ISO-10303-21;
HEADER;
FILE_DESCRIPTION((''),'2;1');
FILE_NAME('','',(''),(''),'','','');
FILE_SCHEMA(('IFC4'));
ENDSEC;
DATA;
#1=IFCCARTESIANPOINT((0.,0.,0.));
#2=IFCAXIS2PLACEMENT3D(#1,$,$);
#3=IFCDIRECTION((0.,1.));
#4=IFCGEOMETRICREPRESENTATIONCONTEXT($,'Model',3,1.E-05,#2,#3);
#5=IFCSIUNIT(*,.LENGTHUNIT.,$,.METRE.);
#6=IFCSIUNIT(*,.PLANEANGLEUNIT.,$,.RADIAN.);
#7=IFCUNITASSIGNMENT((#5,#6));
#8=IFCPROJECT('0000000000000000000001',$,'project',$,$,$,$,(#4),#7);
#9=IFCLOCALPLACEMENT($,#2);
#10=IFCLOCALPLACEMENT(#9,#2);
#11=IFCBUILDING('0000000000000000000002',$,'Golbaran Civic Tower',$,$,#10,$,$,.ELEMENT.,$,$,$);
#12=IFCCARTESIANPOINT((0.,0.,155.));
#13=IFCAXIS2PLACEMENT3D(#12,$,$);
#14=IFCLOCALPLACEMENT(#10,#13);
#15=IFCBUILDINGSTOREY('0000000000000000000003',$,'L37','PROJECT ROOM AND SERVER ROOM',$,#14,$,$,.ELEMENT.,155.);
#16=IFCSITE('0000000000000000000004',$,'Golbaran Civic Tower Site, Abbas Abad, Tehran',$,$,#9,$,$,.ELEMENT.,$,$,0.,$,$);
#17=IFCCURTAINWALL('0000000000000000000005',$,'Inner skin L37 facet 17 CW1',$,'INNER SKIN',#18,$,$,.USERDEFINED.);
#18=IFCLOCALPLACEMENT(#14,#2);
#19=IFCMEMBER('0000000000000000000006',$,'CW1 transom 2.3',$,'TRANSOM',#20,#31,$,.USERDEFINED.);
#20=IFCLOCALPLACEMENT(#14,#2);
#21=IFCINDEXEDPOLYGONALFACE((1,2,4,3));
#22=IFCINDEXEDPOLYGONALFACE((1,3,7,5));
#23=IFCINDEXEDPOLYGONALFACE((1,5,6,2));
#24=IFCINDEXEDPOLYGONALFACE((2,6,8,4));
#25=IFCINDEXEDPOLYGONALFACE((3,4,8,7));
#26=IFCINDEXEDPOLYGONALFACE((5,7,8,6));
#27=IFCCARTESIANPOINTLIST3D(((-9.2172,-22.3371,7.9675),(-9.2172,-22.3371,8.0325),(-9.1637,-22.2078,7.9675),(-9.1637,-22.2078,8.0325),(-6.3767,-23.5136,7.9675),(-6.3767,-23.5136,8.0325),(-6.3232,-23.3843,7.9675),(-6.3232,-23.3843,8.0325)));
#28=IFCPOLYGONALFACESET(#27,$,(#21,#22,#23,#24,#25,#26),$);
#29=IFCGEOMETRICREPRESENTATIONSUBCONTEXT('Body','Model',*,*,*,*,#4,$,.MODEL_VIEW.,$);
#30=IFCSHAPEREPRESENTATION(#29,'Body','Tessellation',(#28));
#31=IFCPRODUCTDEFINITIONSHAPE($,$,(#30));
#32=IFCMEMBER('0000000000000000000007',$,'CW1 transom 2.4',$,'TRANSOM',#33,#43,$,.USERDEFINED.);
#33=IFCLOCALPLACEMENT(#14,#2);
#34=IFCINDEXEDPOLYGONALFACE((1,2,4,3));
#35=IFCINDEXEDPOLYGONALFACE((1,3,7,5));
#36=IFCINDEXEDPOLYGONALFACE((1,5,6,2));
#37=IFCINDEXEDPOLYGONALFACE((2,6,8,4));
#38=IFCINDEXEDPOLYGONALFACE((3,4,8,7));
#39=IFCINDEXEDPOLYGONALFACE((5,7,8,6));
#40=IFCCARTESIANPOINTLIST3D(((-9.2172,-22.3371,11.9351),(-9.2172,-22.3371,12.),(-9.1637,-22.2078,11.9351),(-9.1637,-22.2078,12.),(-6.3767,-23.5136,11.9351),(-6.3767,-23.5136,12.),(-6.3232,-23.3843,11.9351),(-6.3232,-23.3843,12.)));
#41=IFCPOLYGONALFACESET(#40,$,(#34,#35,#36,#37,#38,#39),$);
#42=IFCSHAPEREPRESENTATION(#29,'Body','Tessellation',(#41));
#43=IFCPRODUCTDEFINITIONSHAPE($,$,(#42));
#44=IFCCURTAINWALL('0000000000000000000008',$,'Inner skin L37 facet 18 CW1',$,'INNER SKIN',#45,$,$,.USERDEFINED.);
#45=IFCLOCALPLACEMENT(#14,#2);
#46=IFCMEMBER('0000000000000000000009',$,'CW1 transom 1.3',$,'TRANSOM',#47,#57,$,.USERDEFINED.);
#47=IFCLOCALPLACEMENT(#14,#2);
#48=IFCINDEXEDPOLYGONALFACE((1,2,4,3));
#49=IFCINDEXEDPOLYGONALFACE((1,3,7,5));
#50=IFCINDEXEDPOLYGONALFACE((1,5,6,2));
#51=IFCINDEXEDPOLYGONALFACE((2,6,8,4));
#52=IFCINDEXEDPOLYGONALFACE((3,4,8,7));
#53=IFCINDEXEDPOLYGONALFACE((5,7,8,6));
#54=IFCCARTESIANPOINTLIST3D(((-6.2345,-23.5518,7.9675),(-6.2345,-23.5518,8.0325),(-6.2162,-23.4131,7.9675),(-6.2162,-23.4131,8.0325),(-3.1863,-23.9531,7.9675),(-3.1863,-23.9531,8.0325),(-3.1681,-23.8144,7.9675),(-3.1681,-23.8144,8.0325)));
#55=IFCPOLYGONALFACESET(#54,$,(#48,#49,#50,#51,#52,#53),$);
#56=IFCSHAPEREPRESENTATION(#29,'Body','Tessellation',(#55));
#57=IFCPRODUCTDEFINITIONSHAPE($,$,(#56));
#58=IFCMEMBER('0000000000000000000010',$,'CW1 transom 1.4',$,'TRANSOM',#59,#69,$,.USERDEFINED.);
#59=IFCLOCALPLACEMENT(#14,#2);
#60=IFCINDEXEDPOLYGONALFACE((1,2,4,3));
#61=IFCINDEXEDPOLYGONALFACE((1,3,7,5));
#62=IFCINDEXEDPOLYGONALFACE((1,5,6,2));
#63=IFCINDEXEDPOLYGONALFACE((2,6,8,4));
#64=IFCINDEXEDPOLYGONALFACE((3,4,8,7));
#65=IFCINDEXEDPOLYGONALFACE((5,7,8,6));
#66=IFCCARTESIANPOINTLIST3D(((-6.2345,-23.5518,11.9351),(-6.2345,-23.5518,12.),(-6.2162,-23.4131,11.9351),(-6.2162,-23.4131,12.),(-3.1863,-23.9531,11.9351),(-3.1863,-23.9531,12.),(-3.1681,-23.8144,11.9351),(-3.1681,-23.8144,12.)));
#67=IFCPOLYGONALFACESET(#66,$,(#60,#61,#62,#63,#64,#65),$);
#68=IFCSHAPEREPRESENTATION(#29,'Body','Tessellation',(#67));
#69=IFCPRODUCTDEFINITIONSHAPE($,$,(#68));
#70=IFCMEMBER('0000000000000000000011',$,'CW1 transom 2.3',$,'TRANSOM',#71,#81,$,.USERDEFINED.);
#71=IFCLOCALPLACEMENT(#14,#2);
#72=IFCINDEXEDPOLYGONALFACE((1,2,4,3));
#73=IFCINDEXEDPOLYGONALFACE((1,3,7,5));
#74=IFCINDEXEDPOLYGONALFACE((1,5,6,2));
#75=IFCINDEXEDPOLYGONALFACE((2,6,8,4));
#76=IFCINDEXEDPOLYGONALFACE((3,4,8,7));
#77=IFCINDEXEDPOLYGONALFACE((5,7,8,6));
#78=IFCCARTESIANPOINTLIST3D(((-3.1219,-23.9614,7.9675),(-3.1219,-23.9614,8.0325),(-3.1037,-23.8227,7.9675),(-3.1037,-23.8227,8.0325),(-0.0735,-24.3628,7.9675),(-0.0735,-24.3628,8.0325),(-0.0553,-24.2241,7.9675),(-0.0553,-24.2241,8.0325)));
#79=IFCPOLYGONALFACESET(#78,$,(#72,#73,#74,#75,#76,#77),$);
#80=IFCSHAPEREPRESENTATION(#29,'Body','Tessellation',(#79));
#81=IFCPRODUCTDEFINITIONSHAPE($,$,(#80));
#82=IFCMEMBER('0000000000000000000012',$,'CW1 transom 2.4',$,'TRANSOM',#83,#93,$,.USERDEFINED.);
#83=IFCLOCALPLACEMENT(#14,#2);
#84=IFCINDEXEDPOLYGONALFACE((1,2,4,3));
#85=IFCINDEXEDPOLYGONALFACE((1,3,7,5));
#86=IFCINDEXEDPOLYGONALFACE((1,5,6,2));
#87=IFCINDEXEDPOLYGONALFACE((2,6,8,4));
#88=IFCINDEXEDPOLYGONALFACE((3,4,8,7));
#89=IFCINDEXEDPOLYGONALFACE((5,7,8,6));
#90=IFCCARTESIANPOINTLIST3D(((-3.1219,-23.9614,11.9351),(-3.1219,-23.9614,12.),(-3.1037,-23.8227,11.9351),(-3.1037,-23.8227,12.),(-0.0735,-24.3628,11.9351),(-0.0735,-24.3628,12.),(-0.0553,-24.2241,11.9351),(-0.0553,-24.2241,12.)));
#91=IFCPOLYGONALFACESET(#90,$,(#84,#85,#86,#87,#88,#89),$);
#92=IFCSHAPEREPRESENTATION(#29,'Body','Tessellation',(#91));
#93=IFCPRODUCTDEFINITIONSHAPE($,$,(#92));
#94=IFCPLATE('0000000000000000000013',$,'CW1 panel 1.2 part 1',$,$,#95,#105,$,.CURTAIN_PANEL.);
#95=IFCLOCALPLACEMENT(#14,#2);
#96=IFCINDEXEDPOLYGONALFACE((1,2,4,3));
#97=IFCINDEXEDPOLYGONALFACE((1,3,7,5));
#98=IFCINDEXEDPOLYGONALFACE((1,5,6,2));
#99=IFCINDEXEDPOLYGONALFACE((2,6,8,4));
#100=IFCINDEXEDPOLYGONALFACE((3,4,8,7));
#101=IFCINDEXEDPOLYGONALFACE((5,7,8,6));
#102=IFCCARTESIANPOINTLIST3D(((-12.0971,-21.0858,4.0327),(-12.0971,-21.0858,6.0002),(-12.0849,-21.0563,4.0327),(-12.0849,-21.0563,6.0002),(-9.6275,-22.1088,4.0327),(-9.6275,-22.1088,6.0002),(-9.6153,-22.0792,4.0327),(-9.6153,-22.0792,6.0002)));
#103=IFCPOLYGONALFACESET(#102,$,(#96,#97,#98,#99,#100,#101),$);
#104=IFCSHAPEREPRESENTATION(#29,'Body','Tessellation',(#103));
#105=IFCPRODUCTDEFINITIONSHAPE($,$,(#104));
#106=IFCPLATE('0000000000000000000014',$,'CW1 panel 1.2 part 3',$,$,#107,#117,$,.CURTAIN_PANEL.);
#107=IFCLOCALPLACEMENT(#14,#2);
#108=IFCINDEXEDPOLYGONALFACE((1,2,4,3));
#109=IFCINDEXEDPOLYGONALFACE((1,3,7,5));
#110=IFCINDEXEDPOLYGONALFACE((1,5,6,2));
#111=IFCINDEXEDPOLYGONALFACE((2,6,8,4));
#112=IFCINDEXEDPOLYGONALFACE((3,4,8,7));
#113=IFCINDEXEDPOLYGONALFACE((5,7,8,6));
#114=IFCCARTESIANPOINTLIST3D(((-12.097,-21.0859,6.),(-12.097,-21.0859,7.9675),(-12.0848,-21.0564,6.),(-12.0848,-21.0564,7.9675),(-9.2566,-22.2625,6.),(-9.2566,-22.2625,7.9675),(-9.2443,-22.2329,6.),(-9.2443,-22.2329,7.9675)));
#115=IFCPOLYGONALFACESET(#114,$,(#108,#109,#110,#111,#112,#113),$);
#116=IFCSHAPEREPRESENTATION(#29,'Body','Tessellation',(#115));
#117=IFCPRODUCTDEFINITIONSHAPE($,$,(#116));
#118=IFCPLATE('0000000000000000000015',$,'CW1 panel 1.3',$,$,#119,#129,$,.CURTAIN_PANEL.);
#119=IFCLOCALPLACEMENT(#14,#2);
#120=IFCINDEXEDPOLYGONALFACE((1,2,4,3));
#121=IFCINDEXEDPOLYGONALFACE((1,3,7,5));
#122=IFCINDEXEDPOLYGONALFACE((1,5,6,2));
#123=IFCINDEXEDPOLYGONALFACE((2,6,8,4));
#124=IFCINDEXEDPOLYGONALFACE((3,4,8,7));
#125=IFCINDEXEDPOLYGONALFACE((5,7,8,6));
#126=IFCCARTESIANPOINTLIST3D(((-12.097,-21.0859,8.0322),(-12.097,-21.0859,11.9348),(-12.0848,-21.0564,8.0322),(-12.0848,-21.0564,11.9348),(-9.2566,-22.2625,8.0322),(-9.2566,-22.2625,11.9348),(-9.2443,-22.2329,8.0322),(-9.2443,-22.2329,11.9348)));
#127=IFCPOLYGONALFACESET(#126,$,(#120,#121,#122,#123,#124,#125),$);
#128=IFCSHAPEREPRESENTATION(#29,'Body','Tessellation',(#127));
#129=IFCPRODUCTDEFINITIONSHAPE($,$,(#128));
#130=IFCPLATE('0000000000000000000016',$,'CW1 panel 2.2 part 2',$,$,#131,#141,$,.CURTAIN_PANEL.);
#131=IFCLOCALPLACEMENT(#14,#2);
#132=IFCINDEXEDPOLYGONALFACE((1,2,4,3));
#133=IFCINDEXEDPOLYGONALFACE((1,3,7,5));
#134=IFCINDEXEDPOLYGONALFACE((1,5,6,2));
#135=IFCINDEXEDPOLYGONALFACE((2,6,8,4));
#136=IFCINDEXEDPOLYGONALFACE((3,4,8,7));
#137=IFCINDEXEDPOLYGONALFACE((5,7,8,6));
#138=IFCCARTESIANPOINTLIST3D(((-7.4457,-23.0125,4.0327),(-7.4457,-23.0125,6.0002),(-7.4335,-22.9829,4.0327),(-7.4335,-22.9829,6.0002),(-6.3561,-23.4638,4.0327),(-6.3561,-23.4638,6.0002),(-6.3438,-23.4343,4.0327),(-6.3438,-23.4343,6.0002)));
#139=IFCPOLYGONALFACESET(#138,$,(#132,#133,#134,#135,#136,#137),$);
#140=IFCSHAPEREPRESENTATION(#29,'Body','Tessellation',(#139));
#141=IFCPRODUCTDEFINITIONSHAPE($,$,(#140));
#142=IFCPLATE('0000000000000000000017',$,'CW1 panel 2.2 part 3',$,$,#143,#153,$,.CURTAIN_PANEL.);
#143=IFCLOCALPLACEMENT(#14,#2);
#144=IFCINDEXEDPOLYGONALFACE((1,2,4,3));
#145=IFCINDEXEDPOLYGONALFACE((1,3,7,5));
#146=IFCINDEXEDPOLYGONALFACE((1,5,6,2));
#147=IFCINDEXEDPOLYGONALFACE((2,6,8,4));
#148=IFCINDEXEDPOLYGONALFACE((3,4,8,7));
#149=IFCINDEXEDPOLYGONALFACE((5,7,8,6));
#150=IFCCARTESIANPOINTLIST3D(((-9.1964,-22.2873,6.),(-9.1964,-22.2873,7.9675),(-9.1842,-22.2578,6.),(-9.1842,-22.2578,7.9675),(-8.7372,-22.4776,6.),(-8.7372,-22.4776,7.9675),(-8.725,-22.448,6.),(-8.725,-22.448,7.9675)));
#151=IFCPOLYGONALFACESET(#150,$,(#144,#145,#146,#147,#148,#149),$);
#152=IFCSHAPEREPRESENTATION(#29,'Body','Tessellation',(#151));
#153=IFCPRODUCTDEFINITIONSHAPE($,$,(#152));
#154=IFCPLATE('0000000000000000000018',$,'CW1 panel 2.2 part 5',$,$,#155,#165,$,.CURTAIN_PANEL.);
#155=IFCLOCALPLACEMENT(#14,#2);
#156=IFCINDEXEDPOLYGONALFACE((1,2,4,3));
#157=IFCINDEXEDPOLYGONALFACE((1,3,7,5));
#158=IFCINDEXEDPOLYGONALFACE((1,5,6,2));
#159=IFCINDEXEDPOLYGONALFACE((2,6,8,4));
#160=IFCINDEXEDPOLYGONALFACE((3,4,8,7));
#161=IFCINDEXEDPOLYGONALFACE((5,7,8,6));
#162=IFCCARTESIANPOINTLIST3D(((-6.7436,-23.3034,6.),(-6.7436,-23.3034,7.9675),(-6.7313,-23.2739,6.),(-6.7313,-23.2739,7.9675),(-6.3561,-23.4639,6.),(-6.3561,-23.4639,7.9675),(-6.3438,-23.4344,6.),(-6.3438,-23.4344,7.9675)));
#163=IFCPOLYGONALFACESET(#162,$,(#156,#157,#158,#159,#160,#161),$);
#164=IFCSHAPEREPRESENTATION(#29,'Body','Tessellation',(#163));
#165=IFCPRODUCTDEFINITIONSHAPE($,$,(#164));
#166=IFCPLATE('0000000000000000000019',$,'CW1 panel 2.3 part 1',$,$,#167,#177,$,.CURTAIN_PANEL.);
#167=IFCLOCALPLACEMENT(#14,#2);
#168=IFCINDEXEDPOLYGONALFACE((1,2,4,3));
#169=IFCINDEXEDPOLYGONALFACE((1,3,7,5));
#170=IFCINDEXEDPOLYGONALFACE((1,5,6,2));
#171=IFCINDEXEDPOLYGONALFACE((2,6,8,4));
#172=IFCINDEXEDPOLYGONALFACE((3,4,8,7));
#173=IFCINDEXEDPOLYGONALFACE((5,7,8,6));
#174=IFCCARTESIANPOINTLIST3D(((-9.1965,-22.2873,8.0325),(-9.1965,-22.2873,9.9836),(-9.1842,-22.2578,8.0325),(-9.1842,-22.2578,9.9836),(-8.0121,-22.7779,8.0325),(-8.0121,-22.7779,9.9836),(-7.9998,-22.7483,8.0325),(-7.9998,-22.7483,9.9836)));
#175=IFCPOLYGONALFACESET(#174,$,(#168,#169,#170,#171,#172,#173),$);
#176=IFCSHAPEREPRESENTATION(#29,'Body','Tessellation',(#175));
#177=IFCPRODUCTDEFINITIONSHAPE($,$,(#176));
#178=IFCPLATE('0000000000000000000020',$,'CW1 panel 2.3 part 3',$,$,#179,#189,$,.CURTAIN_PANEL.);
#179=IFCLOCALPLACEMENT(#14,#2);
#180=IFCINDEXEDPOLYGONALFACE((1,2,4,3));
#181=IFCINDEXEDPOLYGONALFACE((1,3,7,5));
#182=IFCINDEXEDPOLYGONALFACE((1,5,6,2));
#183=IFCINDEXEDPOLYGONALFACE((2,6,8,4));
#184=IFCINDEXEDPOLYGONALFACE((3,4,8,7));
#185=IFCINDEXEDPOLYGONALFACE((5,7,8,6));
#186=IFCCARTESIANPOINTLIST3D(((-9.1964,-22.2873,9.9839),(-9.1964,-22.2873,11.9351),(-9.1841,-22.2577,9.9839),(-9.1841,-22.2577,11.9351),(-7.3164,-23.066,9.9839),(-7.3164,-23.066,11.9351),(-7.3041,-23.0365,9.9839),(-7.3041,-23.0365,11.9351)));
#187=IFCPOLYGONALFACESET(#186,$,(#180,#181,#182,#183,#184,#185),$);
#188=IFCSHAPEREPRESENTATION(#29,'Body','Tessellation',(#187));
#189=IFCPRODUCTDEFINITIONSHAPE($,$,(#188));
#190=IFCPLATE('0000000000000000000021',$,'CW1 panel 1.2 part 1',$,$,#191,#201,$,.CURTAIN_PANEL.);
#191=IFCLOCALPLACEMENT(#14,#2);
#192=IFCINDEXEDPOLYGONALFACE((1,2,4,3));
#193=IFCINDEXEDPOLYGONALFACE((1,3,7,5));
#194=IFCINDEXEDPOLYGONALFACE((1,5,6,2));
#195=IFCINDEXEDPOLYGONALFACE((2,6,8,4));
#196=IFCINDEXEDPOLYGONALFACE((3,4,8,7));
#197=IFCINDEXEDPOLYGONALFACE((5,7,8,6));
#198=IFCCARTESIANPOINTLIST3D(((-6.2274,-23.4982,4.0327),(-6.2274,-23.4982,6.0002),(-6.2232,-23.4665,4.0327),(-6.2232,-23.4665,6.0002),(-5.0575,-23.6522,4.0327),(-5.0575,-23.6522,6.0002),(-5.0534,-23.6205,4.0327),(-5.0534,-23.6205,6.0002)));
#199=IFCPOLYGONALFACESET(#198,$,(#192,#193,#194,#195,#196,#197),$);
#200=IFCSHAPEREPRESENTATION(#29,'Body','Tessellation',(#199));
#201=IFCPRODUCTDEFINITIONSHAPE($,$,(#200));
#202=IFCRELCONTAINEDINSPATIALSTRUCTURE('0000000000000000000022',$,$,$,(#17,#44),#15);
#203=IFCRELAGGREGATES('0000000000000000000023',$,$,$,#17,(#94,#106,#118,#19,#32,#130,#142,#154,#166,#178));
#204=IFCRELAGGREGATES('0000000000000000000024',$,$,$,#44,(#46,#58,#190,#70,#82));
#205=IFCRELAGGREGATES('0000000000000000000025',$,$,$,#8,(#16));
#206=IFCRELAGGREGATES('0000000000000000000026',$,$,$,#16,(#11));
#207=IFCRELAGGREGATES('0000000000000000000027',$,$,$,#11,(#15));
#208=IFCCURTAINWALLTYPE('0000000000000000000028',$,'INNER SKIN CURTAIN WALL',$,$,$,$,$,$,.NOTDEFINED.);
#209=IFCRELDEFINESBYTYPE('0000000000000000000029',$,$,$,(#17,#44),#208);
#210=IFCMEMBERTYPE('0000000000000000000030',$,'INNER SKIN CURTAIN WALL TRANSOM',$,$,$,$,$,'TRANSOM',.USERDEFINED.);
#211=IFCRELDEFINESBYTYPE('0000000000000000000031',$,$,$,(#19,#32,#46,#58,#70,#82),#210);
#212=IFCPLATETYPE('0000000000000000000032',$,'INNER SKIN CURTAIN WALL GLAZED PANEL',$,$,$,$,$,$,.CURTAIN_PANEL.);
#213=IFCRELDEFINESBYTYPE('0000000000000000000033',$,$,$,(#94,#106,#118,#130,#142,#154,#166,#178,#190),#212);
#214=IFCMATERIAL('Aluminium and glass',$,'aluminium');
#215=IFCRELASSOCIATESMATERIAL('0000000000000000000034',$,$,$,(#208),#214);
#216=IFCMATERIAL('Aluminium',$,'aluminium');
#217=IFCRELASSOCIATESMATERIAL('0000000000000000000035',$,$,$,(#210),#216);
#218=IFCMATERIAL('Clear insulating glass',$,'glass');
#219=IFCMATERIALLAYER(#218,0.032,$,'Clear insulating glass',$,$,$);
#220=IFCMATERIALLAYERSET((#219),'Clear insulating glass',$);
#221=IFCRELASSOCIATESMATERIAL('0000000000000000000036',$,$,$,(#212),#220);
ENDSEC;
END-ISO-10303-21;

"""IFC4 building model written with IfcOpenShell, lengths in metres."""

from ifc_helpers import new_model, si_unit, direction, frame, origin, origin_2d, place, context, subcontext, project, spatial, rectangle, extrude, material, layer, layer_set, material_profile, profile_set, type_object, element, aggregate, save


model = new_model("IFC4")

# Units and contexts
model_context = context("Model", 3, precision=1e-05, world=origin(), true_north=direction((0.0, 1.0)))
body_context = subcontext(model_context, "Body", "Model", "MODEL_VIEW")
ifc_project = project(units=[si_unit("LENGTHUNIT", "METRE"), si_unit("PLANEANGLEUNIT", "RADIAN")], contexts=[model_context])

# Site, building, storey
site_placement = place(None, origin())
site = spatial("IfcSite", under=ifc_project, at=site_placement, Name="Golbaran Civic Tower Site, Abbas Abad, Tehran", CompositionType="ELEMENT", RefElevation=0.0)
building_placement = place(site_placement, origin())
building = spatial("IfcBuilding", under=site, at=building_placement, Name="Golbaran Civic Tower", CompositionType="ELEMENT")
storey_placement = place(building_placement, frame((0.0, 0.0, 155.0)))
storey = spatial("IfcBuildingStorey", under=building, at=storey_placement, Name="L37", Description="PROJECT ROOM AND SERVER ROOM", CompositionType="ELEMENT", Elevation=155.0)

# Curtain walls, members
ifc_material_1 = material(Name="Aluminium and glass", Category="aluminium")
curtain_wall_type = type_object("IfcCurtainWallType", Name="INNER SKIN CURTAIN WALL", PredefinedType="NOTDEFINED", material=ifc_material_1)
curtain_wall_1_placement = place(storey_placement, origin())
curtain_wall_1 = element("IfcCurtainWall", 1, at=curtain_wall_1_placement, inside=storey, type_object=curtain_wall_type, Name="Inner skin L37 facet 17 CW1", ObjectType="INNER SKIN", PredefinedType="USERDEFINED")
ifc_material_2 = material(Name="Aluminium", Category="aluminium")
ifc_material_profile = material_profile(ifc_material_2, rectangle(XDim=0.1399, YDim=0.0649, at=origin_2d()), Name="INNER SKIN CURTAIN WALL TRANSOM")
ifc_profile_set = profile_set([ifc_material_profile], Name="Aluminium")
member_type = type_object("IfcMemberType", Name="INNER SKIN CURTAIN WALL TRANSOM", ElementType="TRANSOM", PredefinedType="USERDEFINED", material=ifc_profile_set)
member_1_placement = place(storey_placement, frame((-9.1904, -22.2725, 8.0), z_axis=(0.92389, -0.382658, 0.0), x_axis=(0.382658, 0.92389, 0.0)))
member_1 = element("IfcMember", 2, at=member_1_placement, type_object=member_type, Name="CW1 transom 2.3", ObjectType="TRANSOM", PredefinedType="USERDEFINED", context=body_context, shape_type="SweptSolid", body=[
    extrude(rectangle(XDim=0.1399, YDim=0.0649, at=origin_2d()), origin(), (0.0, 0.0, 1.0), 3.0745),
])
member_2_placement = place(storey_placement, frame((-9.1904, -22.2725, 11.9675), z_axis=(0.92389, -0.382658, 0.0), x_axis=(0.382658, 0.92389, 0.0)))
member_2 = element("IfcMember", 3, at=member_2_placement, type_object=member_type, Name="CW1 transom 2.4", ObjectType="TRANSOM", PredefinedType="USERDEFINED", context=body_context, shape_type="SweptSolid", body=[
    extrude(rectangle(XDim=0.1399, YDim=0.0649, at=origin_2d()), origin(), (0.0, 0.0, 1.0), 3.0745),
])
curtain_wall_2_placement = place(storey_placement, origin())
curtain_wall_2 = element("IfcCurtainWall", 4, at=curtain_wall_2_placement, inside=storey, type_object=curtain_wall_type, Name="Inner skin L37 facet 18 CW1", ObjectType="INNER SKIN", PredefinedType="USERDEFINED")
member_3_placement = place(storey_placement, frame((-6.2253, -23.4824, 8.0), z_axis=(0.991442, -0.130551, 0.0), x_axis=(0.130551, 0.991442, 0.0)))
member_3 = element("IfcMember", 5, at=member_3_placement, type_object=member_type, Name="CW1 transom 1.3", ObjectType="TRANSOM", PredefinedType="USERDEFINED", context=body_context, shape_type="SweptSolid", body=[
    extrude(rectangle(XDim=0.1399, YDim=0.0649, at=origin_2d()), origin(), (0.0, 0.0, 1.0), 3.0745),
])
member_4_placement = place(storey_placement, frame((-6.2253, -23.4824, 11.9675), z_axis=(0.991442, -0.130551, 0.0), x_axis=(0.130551, 0.991442, 0.0)))
member_4 = element("IfcMember", 6, at=member_4_placement, type_object=member_type, Name="CW1 transom 1.4", ObjectType="TRANSOM", PredefinedType="USERDEFINED", context=body_context, shape_type="SweptSolid", body=[
    extrude(rectangle(XDim=0.1399, YDim=0.0649, at=origin_2d()), origin(), (0.0, 0.0, 1.0), 3.0745),
])
member_5_placement = place(storey_placement, frame((-3.1128, -23.8921, 8.0), z_axis=(0.991443, -0.130541, 0.0), x_axis=(0.130541, 0.991443, 0.0)))
member_5 = element("IfcMember", 7, at=member_5_placement, type_object=member_type, Name="CW1 transom 2.3", ObjectType="TRANSOM", PredefinedType="USERDEFINED", context=body_context, shape_type="SweptSolid", body=[
    extrude(rectangle(XDim=0.1399, YDim=0.0649, at=origin_2d()), origin(), (0.0, 0.0, 1.0), 3.0747),
])
member_6_placement = place(storey_placement, frame((-3.1128, -23.8921, 11.9675), z_axis=(0.991443, -0.130541, 0.0), x_axis=(0.130541, 0.991443, 0.0)))
member_6 = element("IfcMember", 8, at=member_6_placement, type_object=member_type, Name="CW1 transom 2.4", ObjectType="TRANSOM", PredefinedType="USERDEFINED", context=body_context, shape_type="SweptSolid", body=[
    extrude(rectangle(XDim=0.1399, YDim=0.0649, at=origin_2d()), origin(), (0.0, 0.0, 1.0), 3.0747),
])

# Plates
ifc_material_3 = material(Name="Clear insulating glass", Category="glass")
ifc_layer_1 = layer(ifc_material_3, 0.032, Name="Clear insulating glass")
ifc_layer_set_1 = layer_set([ifc_layer_1], Name="Clear insulating glass")
plate_type_1 = type_object("IfcPlateType", Name="INNER SKIN CURTAIN WALL GLAZED PANEL", PredefinedType="CURTAIN_PANEL", material=ifc_layer_set_1)
plate_1_placement = place(storey_placement, frame((-10.8562, -21.5825, 4.0327), z_axis=(0.0, 0.0, 1.0), x_axis=(0.92388, -0.382683, 0.0)))
plate_1 = element("IfcPlate", 9, at=plate_1_placement, type_object=plate_type_1, Name="CW1 panel 1.2 part 1", PredefinedType="CURTAIN_PANEL", context=body_context, shape_type="SweptSolid", body=[
    extrude(rectangle(XDim=2.6731, YDim=0.032, at=origin_2d()), origin(), (0.0, 0.0, 1.0), 1.9675),
])
plate_2_placement = place(storey_placement, frame((-10.6707, -21.6594, 6.0), z_axis=(0.0, 0.0, 1.0), x_axis=(0.92388, -0.382683, 0.0)))
plate_2 = element("IfcPlate", 10, at=plate_2_placement, type_object=plate_type_1, Name="CW1 panel 1.2 part 3", PredefinedType="CURTAIN_PANEL", context=body_context, shape_type="SweptSolid", body=[
    extrude(rectangle(XDim=3.0745, YDim=0.032, at=origin_2d()), origin(), (0.0, 0.0, 1.0), 1.9675),
])
plate_3_placement = place(storey_placement, frame((-10.6707, -21.6594, 8.0322), z_axis=(0.0, 0.0, 1.0), x_axis=(0.92388, -0.382683, 0.0)))
plate_3 = element("IfcPlate", 11, at=plate_3_placement, type_object=plate_type_1, Name="CW1 panel 1.3", PredefinedType="CURTAIN_PANEL", context=body_context, shape_type="SweptSolid", body=[
    extrude(rectangle(XDim=3.0745, YDim=0.032, at=origin_2d()), origin(), (0.0, 0.0, 1.0), 3.9026),
])
plate_4_placement = place(storey_placement, frame((-6.8948, -23.2234, 4.0327), z_axis=(0.0, 0.0, 1.0), x_axis=(0.92388, -0.382683, 0.0)))
plate_4 = element("IfcPlate", 12, at=plate_4_placement, type_object=plate_type_1, Name="CW1 panel 2.2 part 2", PredefinedType="CURTAIN_PANEL", context=body_context, shape_type="SweptSolid", body=[
    extrude(rectangle(XDim=1.1794, YDim=0.032, at=origin_2d()), origin(), (0.0, 0.0, 1.0), 1.9675),
])
plate_5_placement = place(storey_placement, frame((-8.9607, -22.3677, 6.0), z_axis=(0.0, 0.0, 1.0), x_axis=(0.92388, -0.382683, 0.0)))
plate_5 = element("IfcPlate", 13, at=plate_5_placement, type_object=plate_type_1, Name="CW1 panel 2.2 part 3", PredefinedType="CURTAIN_PANEL", context=body_context, shape_type="SweptSolid", body=[
    extrude(rectangle(XDim=0.4971, YDim=0.032, at=origin_2d()), origin(), (0.0, 0.0, 1.0), 1.9675),
])
plate_6_placement = place(storey_placement, frame((-6.5437, -23.3689, 6.0), z_axis=(0.0, 0.0, 1.0), x_axis=(0.92388, -0.382683, 0.0)))
plate_6 = element("IfcPlate", 14, at=plate_6_placement, type_object=plate_type_1, Name="CW1 panel 2.2 part 5", PredefinedType="CURTAIN_PANEL", context=body_context, shape_type="SweptSolid", body=[
    extrude(rectangle(XDim=0.4194, YDim=0.032, at=origin_2d()), origin(), (0.0, 0.0, 1.0), 1.9675),
])
plate_7_placement = place(storey_placement, frame((-8.5981, -22.5178, 8.0325), z_axis=(0.0, 0.0, 1.0), x_axis=(0.92388, -0.382683, 0.0)))
plate_7 = element("IfcPlate", 15, at=plate_7_placement, type_object=plate_type_1, Name="CW1 panel 2.3 part 1", PredefinedType="CURTAIN_PANEL", context=body_context, shape_type="SweptSolid", body=[
    extrude(rectangle(XDim=1.282, YDim=0.032, at=origin_2d()), origin(), (0.0, 0.0, 1.0), 1.9512),
])
plate_8_placement = place(storey_placement, frame((-8.2502, -22.6619, 9.9839), z_axis=(0.0, 0.0, 1.0), x_axis=(0.92388, -0.382683, 0.0)))
plate_8 = element("IfcPlate", 16, at=plate_8_placement, type_object=plate_type_1, Name="CW1 panel 2.3 part 3", PredefinedType="CURTAIN_PANEL", context=body_context, shape_type="SweptSolid", body=[
    extrude(rectangle(XDim=2.0349, YDim=0.032, at=origin_2d()), origin(), (0.0, 0.0, 1.0), 1.9512),
])
plate_9_placement = place(storey_placement, frame((-5.6404, -23.5593, 4.0327), z_axis=(0.0, 0.0, 1.0), x_axis=(0.991445, -0.130526, 0.0)))
plate_9 = element("IfcPlate", 17, at=plate_9_placement, type_object=plate_type_1, Name="CW1 panel 1.2 part 1", PredefinedType="CURTAIN_PANEL", context=body_context, shape_type="SweptSolid", body=[
    extrude(rectangle(XDim=1.1799, YDim=0.032, at=origin_2d()), origin(), (0.0, 0.0, 1.0), 1.9675),
])
aggregate(curtain_wall_1, [plate_1, plate_2, plate_3, member_1, member_2, plate_4, plate_5, plate_6, plate_7, plate_8])
aggregate(curtain_wall_2, [member_3, member_4, plate_9, member_5, member_6])

save(model, "model.ifc")
